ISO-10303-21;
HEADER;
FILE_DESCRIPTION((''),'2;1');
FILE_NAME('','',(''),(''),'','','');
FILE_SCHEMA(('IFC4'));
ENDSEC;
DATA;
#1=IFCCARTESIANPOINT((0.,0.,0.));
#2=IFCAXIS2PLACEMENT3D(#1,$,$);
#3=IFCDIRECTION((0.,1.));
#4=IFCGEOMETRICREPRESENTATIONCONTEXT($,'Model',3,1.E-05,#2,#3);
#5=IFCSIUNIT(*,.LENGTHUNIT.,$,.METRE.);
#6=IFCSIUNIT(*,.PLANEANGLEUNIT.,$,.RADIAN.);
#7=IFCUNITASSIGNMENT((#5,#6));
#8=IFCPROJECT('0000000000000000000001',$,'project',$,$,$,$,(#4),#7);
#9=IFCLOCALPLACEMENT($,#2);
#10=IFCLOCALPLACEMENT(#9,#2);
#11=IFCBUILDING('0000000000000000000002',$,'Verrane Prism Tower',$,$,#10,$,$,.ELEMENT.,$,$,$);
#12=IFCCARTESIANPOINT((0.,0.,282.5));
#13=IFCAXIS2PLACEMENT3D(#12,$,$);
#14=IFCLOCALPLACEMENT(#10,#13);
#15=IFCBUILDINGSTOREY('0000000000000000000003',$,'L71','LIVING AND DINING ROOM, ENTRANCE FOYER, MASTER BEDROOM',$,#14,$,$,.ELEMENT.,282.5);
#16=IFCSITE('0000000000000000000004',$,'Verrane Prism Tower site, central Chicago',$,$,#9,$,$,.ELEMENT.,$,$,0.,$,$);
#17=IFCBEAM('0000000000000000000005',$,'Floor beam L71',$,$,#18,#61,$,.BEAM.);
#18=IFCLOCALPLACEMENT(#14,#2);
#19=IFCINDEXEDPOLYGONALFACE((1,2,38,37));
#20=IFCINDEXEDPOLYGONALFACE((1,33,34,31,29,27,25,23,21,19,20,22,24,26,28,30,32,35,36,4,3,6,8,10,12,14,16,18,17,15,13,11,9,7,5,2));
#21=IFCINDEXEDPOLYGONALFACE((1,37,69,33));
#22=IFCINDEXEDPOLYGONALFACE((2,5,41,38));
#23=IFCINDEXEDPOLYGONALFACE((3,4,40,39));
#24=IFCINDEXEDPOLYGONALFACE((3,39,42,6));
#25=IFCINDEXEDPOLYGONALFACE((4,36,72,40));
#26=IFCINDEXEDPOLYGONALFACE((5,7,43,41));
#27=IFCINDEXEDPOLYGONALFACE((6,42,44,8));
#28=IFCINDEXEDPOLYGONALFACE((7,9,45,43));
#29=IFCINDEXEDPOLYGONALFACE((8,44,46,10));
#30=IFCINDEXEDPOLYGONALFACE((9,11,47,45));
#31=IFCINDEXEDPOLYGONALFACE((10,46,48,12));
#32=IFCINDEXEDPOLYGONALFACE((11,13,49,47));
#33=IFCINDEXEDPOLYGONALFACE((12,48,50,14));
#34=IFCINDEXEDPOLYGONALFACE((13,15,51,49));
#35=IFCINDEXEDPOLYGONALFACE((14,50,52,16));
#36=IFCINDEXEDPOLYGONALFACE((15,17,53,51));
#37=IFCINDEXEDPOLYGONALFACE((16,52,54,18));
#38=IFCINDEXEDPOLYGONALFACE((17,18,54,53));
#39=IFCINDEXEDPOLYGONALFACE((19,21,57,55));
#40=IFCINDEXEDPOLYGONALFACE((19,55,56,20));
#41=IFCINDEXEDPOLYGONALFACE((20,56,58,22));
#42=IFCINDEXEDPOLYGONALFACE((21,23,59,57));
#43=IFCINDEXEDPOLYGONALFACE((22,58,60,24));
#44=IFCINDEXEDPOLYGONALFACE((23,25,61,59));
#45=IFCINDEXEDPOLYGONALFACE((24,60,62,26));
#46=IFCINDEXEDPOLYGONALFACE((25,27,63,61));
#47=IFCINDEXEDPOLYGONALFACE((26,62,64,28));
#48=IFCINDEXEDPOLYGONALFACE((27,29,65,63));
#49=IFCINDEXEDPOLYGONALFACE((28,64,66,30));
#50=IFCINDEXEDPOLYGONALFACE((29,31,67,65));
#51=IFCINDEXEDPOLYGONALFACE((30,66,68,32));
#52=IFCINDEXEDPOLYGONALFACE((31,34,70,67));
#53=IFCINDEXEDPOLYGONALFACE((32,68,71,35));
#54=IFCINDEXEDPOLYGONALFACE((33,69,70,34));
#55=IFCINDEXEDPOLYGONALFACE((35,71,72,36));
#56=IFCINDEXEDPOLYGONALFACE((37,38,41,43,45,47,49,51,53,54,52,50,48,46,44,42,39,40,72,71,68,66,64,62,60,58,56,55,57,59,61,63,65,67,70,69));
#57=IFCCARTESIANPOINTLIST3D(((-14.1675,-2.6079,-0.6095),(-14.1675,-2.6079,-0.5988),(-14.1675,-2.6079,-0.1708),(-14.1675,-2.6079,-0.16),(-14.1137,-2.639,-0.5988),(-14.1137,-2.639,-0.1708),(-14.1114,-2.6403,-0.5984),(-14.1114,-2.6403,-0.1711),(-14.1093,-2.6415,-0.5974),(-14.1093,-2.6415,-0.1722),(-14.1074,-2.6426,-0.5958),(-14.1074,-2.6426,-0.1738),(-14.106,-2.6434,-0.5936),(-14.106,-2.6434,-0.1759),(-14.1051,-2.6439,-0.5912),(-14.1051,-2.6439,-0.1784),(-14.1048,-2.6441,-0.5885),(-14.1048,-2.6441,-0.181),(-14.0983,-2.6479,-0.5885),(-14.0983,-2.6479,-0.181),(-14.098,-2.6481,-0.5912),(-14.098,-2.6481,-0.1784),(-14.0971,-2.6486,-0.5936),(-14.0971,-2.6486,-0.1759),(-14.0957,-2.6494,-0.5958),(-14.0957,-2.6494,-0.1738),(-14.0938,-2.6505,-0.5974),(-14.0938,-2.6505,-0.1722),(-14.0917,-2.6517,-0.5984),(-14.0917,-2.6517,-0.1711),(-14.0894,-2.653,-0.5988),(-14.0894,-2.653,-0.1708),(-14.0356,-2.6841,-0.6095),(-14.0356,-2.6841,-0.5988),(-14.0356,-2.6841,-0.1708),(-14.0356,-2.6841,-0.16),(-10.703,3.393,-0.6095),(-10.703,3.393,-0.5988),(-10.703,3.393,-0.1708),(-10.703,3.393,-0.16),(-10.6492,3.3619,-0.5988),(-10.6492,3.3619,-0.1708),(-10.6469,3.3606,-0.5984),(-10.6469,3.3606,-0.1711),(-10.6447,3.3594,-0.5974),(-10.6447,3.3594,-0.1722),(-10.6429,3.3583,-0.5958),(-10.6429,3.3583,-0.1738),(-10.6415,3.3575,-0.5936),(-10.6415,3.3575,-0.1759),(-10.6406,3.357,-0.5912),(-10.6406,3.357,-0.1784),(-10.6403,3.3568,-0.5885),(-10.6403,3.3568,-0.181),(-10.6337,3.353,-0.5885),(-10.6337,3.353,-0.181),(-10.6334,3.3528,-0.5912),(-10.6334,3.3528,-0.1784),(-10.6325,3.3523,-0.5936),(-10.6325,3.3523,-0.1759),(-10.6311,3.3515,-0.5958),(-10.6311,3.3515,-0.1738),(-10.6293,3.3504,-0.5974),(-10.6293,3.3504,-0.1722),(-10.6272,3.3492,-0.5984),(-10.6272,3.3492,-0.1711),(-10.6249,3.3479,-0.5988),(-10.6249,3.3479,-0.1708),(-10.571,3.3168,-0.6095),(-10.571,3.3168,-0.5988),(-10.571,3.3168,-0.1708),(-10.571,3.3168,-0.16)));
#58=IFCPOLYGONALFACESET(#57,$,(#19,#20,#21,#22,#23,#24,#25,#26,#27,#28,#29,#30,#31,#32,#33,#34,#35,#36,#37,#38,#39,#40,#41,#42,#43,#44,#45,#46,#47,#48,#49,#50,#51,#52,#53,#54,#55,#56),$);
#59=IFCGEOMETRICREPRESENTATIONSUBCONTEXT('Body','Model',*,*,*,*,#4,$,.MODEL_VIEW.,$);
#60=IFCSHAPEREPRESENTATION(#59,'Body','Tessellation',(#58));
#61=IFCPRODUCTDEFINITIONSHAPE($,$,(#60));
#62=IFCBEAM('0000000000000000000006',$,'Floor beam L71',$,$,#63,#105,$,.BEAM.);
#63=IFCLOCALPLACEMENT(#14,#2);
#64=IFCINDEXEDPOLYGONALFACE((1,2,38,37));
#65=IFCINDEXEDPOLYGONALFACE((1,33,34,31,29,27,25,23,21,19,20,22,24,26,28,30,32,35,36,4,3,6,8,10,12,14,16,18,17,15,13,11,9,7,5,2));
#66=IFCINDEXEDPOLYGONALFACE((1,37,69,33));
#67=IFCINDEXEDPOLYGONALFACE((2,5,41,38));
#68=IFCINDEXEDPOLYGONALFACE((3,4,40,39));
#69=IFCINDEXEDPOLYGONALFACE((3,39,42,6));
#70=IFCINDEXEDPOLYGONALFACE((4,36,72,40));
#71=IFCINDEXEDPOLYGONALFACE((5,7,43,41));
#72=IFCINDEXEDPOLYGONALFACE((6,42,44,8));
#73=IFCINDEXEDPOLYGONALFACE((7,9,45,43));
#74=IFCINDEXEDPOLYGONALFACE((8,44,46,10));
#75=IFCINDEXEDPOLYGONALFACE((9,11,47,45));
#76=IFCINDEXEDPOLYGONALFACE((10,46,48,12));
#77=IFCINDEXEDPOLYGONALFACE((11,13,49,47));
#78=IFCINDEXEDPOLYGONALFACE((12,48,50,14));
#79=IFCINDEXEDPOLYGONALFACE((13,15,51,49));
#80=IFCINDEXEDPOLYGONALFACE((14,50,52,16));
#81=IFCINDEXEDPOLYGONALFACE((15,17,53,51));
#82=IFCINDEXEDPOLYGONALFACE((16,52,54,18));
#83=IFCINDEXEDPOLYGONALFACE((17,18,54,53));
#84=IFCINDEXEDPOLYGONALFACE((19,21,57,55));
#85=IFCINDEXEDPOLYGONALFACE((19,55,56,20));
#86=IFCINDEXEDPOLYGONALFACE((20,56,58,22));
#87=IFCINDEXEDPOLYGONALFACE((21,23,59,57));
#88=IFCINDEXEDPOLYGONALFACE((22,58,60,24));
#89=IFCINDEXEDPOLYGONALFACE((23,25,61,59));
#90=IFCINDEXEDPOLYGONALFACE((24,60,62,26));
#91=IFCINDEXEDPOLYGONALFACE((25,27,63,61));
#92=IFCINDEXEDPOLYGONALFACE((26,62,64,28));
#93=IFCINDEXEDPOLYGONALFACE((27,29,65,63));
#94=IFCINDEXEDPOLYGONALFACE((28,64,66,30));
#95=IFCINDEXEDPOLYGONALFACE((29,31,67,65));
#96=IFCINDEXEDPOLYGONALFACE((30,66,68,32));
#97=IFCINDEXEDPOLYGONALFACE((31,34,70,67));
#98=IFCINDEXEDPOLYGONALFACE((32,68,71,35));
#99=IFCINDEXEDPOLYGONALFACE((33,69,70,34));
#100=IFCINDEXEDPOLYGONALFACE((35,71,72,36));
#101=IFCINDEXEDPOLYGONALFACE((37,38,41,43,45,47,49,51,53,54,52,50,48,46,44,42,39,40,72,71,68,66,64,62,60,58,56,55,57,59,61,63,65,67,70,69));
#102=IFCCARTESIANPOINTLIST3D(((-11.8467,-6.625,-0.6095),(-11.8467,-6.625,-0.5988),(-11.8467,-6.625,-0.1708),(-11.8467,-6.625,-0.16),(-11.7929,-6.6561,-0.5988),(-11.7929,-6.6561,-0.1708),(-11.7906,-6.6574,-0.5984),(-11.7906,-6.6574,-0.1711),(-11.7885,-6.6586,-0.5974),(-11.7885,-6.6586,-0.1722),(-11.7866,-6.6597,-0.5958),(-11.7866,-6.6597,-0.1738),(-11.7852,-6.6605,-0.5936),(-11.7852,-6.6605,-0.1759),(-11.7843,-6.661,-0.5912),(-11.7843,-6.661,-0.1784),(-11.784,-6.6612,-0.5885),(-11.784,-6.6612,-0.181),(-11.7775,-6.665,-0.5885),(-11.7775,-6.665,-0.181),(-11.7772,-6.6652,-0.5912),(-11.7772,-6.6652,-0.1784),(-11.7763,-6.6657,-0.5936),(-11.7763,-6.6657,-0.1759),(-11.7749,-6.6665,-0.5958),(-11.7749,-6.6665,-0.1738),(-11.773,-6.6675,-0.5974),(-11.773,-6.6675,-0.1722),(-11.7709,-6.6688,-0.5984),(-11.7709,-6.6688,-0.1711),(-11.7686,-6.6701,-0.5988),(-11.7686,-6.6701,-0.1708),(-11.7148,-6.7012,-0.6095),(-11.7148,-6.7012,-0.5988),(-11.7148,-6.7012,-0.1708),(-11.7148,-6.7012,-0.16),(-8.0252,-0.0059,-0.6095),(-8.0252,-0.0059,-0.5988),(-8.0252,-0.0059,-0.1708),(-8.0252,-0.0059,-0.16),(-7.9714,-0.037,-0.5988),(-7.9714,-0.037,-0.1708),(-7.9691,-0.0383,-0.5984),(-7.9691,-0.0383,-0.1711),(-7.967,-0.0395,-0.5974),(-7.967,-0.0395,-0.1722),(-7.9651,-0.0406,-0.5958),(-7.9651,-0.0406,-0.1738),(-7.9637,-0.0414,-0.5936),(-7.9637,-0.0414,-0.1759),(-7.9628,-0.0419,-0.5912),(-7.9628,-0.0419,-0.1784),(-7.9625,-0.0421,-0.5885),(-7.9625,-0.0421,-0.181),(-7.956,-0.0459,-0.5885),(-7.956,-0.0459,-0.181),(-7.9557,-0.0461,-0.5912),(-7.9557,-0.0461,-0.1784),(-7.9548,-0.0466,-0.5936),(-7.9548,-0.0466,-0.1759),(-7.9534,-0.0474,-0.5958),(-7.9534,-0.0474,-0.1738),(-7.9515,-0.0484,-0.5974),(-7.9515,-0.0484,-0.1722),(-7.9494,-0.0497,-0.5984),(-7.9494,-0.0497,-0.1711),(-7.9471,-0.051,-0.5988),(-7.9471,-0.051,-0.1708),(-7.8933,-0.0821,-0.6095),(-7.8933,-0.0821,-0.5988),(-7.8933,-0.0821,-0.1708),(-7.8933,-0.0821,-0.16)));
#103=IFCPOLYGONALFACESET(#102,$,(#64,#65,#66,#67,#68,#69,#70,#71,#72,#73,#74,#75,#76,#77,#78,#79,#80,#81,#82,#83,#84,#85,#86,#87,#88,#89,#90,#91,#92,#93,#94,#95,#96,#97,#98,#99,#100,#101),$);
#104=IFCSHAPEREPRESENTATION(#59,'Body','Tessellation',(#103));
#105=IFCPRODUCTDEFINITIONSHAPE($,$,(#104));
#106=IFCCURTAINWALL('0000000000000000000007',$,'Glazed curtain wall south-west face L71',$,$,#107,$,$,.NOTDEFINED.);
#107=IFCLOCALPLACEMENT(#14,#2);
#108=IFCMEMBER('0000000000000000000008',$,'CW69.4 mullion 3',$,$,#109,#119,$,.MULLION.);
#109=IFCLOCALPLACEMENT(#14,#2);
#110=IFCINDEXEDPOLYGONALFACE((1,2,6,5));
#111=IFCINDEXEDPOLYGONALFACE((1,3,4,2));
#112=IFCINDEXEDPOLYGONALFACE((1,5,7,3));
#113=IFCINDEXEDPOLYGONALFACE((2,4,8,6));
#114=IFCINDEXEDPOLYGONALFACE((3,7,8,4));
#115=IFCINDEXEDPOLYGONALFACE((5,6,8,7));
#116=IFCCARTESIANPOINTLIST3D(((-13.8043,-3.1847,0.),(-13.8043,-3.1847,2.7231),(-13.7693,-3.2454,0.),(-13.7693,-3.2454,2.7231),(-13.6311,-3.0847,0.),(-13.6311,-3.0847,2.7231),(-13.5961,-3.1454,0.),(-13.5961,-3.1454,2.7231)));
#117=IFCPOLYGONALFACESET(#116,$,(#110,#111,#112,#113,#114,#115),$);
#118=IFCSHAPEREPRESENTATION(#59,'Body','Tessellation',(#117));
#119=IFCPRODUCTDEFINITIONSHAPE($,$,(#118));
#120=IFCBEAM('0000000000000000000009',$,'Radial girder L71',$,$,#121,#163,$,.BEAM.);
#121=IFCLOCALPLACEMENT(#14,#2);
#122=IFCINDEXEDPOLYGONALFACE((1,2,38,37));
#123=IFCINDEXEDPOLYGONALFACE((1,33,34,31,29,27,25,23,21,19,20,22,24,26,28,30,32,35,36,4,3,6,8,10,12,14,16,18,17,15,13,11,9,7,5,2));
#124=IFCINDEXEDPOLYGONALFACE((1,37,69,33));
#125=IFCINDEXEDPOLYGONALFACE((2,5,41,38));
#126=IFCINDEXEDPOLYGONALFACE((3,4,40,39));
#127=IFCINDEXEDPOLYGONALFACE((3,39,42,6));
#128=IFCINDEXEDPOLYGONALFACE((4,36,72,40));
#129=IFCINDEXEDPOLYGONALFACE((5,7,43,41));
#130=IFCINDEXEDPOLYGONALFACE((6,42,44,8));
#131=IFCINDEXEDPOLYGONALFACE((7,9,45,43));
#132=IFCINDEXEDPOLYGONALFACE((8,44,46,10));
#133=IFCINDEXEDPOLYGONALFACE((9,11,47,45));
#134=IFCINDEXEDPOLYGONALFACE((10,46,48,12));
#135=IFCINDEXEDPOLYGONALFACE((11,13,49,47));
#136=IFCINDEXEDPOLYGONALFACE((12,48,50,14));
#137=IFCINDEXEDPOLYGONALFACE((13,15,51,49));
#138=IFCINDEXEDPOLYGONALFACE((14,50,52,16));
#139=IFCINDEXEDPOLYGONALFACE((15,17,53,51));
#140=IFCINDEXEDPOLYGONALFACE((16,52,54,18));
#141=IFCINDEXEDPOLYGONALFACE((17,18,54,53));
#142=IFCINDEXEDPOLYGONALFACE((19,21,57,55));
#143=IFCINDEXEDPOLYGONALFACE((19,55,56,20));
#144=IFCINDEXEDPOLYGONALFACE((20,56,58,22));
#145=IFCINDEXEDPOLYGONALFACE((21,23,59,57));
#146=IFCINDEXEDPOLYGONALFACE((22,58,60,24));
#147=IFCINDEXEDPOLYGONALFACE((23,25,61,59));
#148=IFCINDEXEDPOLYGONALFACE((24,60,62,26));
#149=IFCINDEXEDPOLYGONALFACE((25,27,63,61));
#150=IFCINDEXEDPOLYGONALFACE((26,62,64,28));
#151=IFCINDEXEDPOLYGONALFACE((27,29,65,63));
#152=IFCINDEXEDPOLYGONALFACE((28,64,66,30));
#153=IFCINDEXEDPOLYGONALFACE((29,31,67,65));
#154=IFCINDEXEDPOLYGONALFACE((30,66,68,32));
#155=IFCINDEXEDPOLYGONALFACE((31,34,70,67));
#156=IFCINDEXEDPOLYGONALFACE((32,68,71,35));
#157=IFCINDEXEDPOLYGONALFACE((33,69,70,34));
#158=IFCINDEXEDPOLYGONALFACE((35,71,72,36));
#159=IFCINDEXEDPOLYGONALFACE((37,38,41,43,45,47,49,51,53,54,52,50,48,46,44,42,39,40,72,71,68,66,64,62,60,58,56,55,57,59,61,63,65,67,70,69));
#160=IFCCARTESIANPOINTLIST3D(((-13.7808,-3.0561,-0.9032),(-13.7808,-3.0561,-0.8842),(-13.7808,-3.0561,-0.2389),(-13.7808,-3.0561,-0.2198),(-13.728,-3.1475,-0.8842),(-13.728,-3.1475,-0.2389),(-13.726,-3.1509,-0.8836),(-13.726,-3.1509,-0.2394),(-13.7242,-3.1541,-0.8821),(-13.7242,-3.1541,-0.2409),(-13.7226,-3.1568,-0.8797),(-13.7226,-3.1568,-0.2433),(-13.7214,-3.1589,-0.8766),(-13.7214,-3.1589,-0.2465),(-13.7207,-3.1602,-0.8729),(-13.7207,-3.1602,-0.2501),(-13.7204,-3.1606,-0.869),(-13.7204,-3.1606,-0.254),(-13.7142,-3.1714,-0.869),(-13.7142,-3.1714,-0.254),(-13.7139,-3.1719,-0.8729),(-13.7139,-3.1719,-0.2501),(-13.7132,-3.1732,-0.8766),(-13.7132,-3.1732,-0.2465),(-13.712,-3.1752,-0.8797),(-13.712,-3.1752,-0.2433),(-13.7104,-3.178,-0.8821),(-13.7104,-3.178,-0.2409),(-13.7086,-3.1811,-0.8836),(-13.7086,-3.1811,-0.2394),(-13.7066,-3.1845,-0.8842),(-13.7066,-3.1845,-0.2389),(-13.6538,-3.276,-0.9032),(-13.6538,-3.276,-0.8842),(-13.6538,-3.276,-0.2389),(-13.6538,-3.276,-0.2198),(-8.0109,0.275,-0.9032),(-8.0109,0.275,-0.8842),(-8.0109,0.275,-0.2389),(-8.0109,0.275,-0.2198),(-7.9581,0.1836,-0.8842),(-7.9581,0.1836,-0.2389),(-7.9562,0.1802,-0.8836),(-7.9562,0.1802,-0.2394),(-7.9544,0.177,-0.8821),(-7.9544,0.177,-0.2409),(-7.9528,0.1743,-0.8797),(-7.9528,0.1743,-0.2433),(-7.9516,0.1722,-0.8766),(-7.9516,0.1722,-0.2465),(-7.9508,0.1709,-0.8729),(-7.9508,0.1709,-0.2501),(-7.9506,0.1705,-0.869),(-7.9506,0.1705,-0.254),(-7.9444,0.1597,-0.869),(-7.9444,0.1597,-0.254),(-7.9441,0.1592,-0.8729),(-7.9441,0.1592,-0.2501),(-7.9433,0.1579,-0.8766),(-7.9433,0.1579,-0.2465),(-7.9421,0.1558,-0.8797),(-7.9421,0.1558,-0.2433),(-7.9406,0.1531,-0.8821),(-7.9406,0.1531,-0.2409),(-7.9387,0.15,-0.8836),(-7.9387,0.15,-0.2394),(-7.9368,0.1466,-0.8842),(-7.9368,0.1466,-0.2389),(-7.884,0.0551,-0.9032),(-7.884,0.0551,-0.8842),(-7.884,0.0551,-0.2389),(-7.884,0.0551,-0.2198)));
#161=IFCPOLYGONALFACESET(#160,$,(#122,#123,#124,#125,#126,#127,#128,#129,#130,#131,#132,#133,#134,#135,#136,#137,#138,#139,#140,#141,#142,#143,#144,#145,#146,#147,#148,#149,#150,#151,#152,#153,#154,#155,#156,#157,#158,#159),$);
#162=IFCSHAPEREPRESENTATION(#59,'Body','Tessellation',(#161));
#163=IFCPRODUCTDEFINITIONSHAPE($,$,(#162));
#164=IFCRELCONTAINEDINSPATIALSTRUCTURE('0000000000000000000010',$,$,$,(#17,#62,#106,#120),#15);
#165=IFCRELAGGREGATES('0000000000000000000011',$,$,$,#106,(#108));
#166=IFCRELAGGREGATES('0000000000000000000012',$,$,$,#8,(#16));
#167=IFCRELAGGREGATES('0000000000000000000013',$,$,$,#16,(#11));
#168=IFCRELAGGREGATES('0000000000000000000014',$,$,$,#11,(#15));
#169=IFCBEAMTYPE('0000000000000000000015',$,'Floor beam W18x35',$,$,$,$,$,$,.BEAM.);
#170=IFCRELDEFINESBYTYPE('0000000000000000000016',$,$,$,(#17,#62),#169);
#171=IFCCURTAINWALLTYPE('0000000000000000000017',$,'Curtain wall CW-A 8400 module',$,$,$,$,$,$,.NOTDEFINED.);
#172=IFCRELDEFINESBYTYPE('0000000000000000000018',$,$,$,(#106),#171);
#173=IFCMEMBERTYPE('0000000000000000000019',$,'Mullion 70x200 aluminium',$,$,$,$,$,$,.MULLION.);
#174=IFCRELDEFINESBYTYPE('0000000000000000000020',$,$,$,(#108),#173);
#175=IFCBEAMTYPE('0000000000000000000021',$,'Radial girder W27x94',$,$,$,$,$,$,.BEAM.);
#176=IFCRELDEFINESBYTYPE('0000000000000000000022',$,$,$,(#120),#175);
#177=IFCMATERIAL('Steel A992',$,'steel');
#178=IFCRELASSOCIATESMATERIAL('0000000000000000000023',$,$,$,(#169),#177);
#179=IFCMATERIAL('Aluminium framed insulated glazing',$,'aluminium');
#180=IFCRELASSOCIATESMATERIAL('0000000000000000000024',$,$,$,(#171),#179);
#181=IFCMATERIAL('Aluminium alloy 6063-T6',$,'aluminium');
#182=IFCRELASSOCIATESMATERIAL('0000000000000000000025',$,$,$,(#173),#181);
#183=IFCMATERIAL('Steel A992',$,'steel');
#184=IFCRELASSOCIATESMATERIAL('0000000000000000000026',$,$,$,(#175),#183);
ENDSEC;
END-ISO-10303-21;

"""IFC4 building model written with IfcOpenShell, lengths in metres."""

from ifc_helpers import new_model, si_unit, direction, frame, origin, origin_2d, place, context, subcontext, project, spatial, rectangle, i_section, extrude, material, material_profile, profile_set, type_object, element, aggregate, save


model = new_model("IFC4")

# Units and contexts
model_context = context("Model", 3, precision=1e-05, world=origin(), true_north=direction((0.0, 1.0)))
body_context = subcontext(model_context, "Body", "Model", "MODEL_VIEW")
ifc_project = project(units=[si_unit("LENGTHUNIT", "METRE"), si_unit("PLANEANGLEUNIT", "RADIAN")], contexts=[model_context])

# Site, building, storey
site_placement = place(None, origin())
site = spatial("IfcSite", under=ifc_project, at=site_placement, Name="Verrane Prism Tower site, central Chicago", CompositionType="ELEMENT", RefElevation=0.0)
building_placement = place(site_placement, origin())
building = spatial("IfcBuilding", under=site, at=building_placement, Name="Verrane Prism Tower", CompositionType="ELEMENT")
storey_placement = place(building_placement, frame((0.0, 0.0, 282.5)))
storey = spatial("IfcBuildingStorey", under=building, at=storey_placement, Name="L71", Description="LIVING AND DINING ROOM, ENTRANCE FOYER, MASTER BEDROOM", CompositionType="ELEMENT", Elevation=282.5)

# Beams
ifc_material_1 = material(Name="Steel A992", Category="steel")
ifc_material_profile_1 = material_profile(ifc_material_1, i_section(OverallWidth=0.1523, OverallDepth=0.4495, WebThickness=0.0076, FlangeThickness=0.0107, FilletRadius=0.0103, at=origin_2d()), Name="W18x35")
ifc_profile_set_1 = profile_set([ifc_material_profile_1], Name="Steel A992")
beam_type_1 = type_object("IfcBeamType", Name="Floor beam W18x35", PredefinedType="BEAM", material=ifc_profile_set_1)
beam_1_placement = place(storey_placement, frame((-14.1016, -2.646, -0.3848), z_axis=(0.499993, 0.86603, 0.0), x_axis=(-0.86603, 0.499993, 0.0)))
element("IfcBeam", 1, at=beam_1_placement, inside=storey, type_object=beam_type_1, Name="Floor beam L71", PredefinedType="BEAM", context=body_context, shape_type="SweptSolid", body=[
    extrude(i_section(OverallWidth=0.1523, OverallDepth=0.4495, WebThickness=0.0076, FlangeThickness=0.0107, FilletRadius=0.0103, at=origin_2d()), origin(), (0.0, 0.0, 1.0), 6.9292),
])
beam_2_placement = place(storey_placement, frame((-11.7808, -6.6631, -0.3848), z_axis=(0.499997, 0.866027, 0.0), x_axis=(-0.866027, 0.499997, 0.0)))
element("IfcBeam", 2, at=beam_2_placement, inside=storey, type_object=beam_type_1, Name="Floor beam L71", PredefinedType="BEAM", context=body_context, shape_type="SweptSolid", body=[
    extrude(i_section(OverallWidth=0.1523, OverallDepth=0.4495, WebThickness=0.0076, FlangeThickness=0.0107, FilletRadius=0.0103, at=origin_2d()), origin(), (0.0, 0.0, 1.0), 7.6431),
])

# Curtain wall, member
ifc_material_2 = material(Name="Aluminium framed insulated glazing", Category="aluminium")
curtain_wall_type = type_object("IfcCurtainWallType", Name="Curtain wall CW-A 8400 module", PredefinedType="NOTDEFINED", material=ifc_material_2)
curtain_wall_placement = place(storey_placement, origin())
curtain_wall = element("IfcCurtainWall", 3, at=curtain_wall_placement, inside=storey, type_object=curtain_wall_type, Name="Glazed curtain wall south-west face L71", PredefinedType="NOTDEFINED")
ifc_material_3 = material(Name="Aluminium alloy 6063-T6", Category="aluminium")
ifc_material_profile_2 = material_profile(ifc_material_3, rectangle(XDim=0.2, YDim=0.0701, at=origin_2d()), Name="Mullion 70x200 aluminium")
ifc_profile_set_2 = profile_set([ifc_material_profile_2], Name="Aluminium alloy 6063-T6")
member_type_1 = type_object("IfcMemberType", Name="Mullion 70x200 aluminium", PredefinedType="MULLION", material=ifc_profile_set_2)
member_1_placement = place(storey_placement, frame((-13.7002, -3.165, 0.0), z_axis=(0.0, 0.0, 1.0), x_axis=(0.866025, 0.500001, 0.0)))
member_1 = element("IfcMember", 4, at=member_1_placement, type_object=member_type_1, Name="CW69.4 mullion 3", PredefinedType="MULLION", context=body_context, shape_type="SweptSolid", body=[
    extrude(rectangle(XDim=0.2, YDim=0.0701, at=origin_2d()), origin(), (0.0, 0.0, 1.0), 2.7231),
])

# Beam
ifc_material_4 = material(Name="Steel A992", Category="steel")
ifc_material_profile_3 = material_profile(ifc_material_4, i_section(OverallWidth=0.2539, OverallDepth=0.6833, WebThickness=0.0125, FlangeThickness=0.019, FilletRadius=0.0151, at=origin_2d()), Name="W27x94")
ifc_profile_set_3 = profile_set([ifc_material_profile_3], Name="Steel A992")
beam_type_2 = type_object("IfcBeamType", Name="Radial girder W27x94", PredefinedType="BEAM", material=ifc_profile_set_3)
beam_3_placement = place(storey_placement, frame((-13.7173, -3.166, -0.5615), z_axis=(0.866034, 0.499986, 0.0), x_axis=(-0.499986, 0.866034, 0.0)))
element("IfcBeam", 5, at=beam_3_placement, inside=storey, type_object=beam_type_2, Name="Radial girder L71", PredefinedType="BEAM", context=body_context, shape_type="SweptSolid", body=[
    extrude(i_section(OverallWidth=0.2539, OverallDepth=0.6833, WebThickness=0.0125, FlangeThickness=0.019, FilletRadius=0.0151, at=origin_2d()), origin(), (0.0, 0.0, 1.0), 6.6624),
])

aggregate(curtain_wall, [member_1])

save(model, "model.ifc")
